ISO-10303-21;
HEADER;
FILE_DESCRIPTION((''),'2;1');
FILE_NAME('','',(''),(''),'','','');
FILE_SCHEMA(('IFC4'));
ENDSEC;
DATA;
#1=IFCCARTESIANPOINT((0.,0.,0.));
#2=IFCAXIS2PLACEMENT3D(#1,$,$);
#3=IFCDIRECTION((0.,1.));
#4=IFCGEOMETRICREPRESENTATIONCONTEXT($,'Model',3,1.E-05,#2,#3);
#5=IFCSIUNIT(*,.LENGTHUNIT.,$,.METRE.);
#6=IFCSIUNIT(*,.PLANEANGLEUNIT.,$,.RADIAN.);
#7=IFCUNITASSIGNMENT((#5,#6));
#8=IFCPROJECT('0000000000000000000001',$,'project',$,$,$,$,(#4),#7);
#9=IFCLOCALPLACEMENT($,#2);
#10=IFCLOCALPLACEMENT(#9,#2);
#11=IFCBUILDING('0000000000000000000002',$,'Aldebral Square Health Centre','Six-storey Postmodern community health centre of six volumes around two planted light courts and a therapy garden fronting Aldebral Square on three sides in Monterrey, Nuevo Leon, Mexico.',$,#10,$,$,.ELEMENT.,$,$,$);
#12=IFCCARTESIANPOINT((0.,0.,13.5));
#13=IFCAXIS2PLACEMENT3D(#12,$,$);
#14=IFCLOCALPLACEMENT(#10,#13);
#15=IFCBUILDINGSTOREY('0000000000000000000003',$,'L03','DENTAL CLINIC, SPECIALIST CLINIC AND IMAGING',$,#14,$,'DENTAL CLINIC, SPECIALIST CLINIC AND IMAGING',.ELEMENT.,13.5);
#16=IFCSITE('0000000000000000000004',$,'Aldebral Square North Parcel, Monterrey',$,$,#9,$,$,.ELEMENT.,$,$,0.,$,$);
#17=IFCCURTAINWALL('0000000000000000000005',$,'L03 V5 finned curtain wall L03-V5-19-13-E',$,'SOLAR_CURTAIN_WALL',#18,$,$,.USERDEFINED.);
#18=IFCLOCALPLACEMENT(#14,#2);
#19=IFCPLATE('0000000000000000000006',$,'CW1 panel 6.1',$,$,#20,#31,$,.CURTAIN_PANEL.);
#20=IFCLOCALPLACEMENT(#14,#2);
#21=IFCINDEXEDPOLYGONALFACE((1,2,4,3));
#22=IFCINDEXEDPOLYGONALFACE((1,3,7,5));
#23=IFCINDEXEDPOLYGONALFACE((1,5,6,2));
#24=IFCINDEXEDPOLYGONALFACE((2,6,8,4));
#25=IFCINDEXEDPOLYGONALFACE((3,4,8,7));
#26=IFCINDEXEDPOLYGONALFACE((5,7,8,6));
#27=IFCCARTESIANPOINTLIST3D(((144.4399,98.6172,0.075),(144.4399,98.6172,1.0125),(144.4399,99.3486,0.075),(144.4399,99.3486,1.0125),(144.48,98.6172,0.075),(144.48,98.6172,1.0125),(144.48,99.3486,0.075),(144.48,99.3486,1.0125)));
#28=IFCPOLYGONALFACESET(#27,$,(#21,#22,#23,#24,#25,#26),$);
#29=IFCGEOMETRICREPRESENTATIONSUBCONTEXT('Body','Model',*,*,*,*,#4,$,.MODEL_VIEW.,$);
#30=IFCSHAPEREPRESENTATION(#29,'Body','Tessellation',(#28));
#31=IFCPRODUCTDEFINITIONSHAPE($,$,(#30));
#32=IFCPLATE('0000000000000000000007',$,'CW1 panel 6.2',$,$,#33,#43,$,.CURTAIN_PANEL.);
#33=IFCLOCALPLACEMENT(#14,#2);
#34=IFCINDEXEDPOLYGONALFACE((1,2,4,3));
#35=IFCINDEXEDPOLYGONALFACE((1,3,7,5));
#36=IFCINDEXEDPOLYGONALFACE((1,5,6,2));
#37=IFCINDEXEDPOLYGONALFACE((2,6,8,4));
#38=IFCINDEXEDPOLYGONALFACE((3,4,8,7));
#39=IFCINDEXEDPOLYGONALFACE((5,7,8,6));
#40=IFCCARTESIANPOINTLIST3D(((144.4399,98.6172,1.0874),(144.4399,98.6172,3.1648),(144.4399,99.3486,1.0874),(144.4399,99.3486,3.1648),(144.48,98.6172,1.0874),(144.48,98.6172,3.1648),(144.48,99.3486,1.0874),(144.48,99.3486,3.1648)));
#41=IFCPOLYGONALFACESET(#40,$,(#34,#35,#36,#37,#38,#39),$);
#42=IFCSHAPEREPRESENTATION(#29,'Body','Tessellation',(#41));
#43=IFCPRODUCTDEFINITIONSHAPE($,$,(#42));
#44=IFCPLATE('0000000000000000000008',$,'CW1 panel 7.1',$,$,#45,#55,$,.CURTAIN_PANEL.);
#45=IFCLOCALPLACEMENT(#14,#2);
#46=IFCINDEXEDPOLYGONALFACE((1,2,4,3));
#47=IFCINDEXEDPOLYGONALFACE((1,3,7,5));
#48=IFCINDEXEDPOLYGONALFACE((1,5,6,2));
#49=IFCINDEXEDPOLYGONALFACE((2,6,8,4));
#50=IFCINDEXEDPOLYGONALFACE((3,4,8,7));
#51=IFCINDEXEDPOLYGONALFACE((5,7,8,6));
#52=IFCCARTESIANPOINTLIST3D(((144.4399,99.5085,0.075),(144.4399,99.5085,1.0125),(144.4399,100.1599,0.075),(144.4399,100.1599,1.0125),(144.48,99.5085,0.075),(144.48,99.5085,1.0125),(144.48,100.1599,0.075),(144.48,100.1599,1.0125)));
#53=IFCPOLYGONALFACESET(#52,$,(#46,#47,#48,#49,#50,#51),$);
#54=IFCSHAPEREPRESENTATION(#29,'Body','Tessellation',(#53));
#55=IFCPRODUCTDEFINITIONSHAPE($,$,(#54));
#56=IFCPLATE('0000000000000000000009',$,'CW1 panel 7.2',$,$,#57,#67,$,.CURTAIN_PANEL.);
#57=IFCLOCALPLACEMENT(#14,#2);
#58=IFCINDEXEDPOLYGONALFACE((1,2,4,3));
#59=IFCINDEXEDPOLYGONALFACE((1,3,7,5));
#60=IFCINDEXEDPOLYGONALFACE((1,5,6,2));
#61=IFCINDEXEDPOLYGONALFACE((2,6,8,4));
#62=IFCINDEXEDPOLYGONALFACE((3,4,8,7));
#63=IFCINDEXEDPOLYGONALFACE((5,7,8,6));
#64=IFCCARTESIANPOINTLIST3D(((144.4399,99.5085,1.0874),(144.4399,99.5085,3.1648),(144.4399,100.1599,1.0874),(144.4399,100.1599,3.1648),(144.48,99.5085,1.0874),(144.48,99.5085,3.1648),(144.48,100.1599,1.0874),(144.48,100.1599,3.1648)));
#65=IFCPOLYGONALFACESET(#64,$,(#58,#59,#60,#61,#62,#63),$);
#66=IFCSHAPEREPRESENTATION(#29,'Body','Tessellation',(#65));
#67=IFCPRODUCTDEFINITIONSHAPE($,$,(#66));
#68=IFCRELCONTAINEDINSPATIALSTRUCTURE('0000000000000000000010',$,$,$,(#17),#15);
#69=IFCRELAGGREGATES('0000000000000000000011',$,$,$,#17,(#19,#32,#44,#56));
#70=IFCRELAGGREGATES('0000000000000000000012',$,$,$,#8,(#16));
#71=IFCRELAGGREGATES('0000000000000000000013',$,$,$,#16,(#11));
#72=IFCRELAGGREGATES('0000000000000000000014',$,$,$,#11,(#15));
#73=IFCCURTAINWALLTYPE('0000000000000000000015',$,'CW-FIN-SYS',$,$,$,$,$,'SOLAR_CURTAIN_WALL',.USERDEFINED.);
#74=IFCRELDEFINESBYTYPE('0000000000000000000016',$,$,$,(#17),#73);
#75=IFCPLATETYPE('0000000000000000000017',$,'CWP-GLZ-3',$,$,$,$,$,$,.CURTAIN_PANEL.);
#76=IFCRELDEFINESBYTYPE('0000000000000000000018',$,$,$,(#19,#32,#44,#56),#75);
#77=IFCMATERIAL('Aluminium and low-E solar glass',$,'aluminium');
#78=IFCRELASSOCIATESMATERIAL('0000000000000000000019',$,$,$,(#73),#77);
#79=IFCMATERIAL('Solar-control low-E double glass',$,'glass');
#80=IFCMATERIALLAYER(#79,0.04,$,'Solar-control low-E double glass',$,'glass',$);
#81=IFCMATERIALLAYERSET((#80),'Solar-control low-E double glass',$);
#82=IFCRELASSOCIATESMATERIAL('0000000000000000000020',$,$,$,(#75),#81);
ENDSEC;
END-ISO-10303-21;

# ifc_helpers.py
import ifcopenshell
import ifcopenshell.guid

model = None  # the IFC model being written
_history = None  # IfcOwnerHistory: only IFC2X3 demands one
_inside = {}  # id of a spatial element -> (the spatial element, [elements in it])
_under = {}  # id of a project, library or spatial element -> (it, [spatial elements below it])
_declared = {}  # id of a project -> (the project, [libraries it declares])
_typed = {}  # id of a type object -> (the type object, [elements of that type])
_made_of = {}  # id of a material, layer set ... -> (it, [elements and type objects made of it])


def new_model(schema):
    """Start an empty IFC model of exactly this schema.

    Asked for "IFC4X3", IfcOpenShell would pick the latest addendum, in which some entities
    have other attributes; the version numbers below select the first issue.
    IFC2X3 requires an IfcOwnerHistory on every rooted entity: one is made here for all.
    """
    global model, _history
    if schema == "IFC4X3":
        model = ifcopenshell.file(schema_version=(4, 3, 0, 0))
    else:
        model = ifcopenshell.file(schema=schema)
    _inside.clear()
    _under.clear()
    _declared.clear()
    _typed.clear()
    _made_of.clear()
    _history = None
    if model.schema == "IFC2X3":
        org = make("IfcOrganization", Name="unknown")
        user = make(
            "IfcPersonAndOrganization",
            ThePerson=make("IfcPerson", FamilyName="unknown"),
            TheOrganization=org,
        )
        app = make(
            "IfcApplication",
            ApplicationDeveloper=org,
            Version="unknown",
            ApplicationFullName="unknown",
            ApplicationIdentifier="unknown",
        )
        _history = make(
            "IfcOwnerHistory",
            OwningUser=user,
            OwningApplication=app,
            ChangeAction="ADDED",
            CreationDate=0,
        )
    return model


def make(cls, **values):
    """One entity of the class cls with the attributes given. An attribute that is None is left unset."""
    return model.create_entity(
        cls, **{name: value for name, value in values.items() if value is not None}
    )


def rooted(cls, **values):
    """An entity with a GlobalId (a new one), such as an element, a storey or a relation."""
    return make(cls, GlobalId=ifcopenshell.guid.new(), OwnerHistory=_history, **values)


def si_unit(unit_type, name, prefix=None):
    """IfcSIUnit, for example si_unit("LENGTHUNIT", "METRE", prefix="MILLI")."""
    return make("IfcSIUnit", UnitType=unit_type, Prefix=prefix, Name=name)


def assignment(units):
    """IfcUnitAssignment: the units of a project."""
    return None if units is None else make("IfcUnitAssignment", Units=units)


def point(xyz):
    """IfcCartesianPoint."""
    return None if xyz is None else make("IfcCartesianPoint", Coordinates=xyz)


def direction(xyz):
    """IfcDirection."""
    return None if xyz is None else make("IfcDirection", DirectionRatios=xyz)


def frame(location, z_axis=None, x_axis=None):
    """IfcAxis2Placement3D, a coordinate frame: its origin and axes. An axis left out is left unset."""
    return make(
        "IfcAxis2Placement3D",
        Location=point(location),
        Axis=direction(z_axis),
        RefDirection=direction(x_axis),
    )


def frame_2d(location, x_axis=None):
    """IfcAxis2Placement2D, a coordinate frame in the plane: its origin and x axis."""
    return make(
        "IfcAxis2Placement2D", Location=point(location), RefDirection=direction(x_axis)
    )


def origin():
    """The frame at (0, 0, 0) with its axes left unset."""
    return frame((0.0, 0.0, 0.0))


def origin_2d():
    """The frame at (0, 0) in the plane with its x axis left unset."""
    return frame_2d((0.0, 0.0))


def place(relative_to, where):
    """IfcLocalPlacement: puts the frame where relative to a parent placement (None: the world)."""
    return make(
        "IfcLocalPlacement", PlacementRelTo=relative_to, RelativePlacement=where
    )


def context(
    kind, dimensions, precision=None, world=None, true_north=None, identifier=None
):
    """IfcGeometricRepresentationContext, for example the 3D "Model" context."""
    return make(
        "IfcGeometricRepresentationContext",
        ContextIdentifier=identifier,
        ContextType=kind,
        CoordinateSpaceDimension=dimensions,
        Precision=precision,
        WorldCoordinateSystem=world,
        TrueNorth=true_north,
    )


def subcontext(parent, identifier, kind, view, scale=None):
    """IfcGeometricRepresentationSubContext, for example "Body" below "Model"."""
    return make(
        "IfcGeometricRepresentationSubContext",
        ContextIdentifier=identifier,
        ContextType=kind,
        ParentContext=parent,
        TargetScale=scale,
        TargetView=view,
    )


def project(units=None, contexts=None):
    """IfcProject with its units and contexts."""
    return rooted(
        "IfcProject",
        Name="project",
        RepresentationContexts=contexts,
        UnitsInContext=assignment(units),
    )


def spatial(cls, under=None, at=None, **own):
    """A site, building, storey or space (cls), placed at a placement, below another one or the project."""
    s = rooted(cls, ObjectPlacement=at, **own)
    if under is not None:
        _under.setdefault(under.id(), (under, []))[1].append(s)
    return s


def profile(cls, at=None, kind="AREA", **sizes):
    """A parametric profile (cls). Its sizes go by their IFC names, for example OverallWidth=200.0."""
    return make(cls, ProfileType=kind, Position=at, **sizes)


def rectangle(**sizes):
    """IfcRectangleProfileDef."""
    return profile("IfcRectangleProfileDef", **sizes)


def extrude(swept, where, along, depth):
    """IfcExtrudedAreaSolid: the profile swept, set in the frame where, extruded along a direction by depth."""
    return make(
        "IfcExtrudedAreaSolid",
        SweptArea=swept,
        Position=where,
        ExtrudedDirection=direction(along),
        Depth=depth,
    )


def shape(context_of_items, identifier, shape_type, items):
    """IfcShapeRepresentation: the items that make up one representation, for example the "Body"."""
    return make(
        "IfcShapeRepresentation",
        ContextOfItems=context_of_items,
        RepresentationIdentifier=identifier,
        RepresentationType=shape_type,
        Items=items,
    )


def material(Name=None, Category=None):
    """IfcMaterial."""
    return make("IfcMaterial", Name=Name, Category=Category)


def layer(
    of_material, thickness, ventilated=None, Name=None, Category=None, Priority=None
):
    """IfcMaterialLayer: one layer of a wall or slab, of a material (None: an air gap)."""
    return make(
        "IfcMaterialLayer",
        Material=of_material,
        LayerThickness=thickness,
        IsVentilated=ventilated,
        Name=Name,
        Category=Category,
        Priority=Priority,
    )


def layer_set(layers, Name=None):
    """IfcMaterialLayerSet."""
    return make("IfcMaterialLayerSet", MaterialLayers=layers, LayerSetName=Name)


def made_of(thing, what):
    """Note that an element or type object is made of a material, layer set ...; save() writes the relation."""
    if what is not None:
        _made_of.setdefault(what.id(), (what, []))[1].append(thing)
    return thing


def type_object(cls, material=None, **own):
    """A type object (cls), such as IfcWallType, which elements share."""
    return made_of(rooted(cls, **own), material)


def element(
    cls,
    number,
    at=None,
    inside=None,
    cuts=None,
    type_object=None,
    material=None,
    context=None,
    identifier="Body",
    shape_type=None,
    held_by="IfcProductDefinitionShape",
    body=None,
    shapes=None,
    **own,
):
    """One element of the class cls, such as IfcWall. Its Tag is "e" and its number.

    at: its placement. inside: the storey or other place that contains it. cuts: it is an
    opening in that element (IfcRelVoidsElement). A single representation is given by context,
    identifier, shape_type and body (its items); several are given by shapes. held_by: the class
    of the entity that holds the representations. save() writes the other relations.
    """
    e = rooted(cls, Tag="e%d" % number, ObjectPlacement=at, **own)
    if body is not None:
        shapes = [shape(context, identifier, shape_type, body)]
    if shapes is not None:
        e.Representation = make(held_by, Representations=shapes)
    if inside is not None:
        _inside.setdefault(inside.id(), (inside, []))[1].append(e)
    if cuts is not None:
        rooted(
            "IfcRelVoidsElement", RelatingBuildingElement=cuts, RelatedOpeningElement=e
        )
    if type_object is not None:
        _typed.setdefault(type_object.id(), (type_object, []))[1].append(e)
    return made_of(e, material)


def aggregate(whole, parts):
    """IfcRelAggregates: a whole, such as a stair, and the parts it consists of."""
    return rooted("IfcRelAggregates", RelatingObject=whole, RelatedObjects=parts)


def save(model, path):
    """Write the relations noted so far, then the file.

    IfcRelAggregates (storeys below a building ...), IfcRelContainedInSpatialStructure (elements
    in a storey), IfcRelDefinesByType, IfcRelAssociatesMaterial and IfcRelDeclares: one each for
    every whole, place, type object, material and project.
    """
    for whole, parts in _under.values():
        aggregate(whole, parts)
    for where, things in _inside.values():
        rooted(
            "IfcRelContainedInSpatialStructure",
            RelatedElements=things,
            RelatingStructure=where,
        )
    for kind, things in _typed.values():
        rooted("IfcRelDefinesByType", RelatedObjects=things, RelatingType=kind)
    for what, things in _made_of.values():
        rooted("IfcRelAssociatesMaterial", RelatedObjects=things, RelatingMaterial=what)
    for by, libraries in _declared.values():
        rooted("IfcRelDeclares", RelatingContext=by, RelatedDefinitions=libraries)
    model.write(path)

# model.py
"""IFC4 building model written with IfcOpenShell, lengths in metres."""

from ifc_helpers import new_model, si_unit, direction, frame, origin, origin_2d, place, context, subcontext, project, spatial, rectangle, extrude, material, layer, layer_set, type_object, element, aggregate, save


model = new_model("IFC4")

# Units and contexts
model_context = context("Model", 3, precision=1e-05, world=origin(), true_north=direction((0.0, 1.0)))
body_context = subcontext(model_context, "Body", "Model", "MODEL_VIEW")
ifc_project = project(units=[si_unit("LENGTHUNIT", "METRE"), si_unit("PLANEANGLEUNIT", "RADIAN")], contexts=[model_context])

# Site, building, storey
site_placement = place(None, origin())
site = spatial("IfcSite", under=ifc_project, at=site_placement, Name="Aldebral Square North Parcel, Monterrey", CompositionType="ELEMENT", RefElevation=0.0)
building_placement = place(site_placement, origin())
building = spatial("IfcBuilding", under=site, at=building_placement, Name="Aldebral Square Health Centre", Description="Six-storey Postmodern community health centre of six volumes around two planted light courts and a therapy garden fronting Aldebral Square on three sides in Monterrey, Nuevo Leon, Mexico.", CompositionType="ELEMENT")
storey_placement = place(building_placement, frame((0.0, 0.0, 13.5)))
storey = spatial("IfcBuildingStorey", under=building, at=storey_placement, Name="L03", Description="DENTAL CLINIC, SPECIALIST CLINIC AND IMAGING", LongName="DENTAL CLINIC, SPECIALIST CLINIC AND IMAGING", CompositionType="ELEMENT", Elevation=13.5)

# Curtain wall
ifc_material_1 = material(Name="Aluminium and low-E solar glass", Category="aluminium")
curtain_wall_type = type_object("IfcCurtainWallType", Name="CW-FIN-SYS", ElementType="SOLAR_CURTAIN_WALL", PredefinedType="USERDEFINED", material=ifc_material_1)
curtain_wall_1_placement = place(storey_placement, origin())
curtain_wall_1 = element("IfcCurtainWall", 1, at=curtain_wall_1_placement, inside=storey, type_object=curtain_wall_type, Name="L03 V5 finned curtain wall L03-V5-19-13-E", ObjectType="SOLAR_CURTAIN_WALL", PredefinedType="USERDEFINED")

# Plates
ifc_material_2 = material(Name="Solar-control low-E double glass", Category="glass")
ifc_layer_1 = layer(ifc_material_2, 0.04, Name="Solar-control low-E double glass", Category="glass")
ifc_layer_set_1 = layer_set([ifc_layer_1], Name="Solar-control low-E double glass")
plate_type_1 = type_object("IfcPlateType", Name="CWP-GLZ-3", PredefinedType="CURTAIN_PANEL", material=ifc_layer_set_1)
plate_1_placement = place(storey_placement, frame((144.46, 98.9829, 0.075), z_axis=(0.0, 0.0, 1.0), x_axis=(0.0, 1.0, 0.0)))
plate_1 = element("IfcPlate", 2, at=plate_1_placement, type_object=plate_type_1, Name="CW1 panel 6.1", PredefinedType="CURTAIN_PANEL", context=body_context, shape_type="SweptSolid", body=[
    extrude(rectangle(XDim=0.7314, YDim=0.04, at=origin_2d()), origin(), (0.0, 0.0, 1.0), 0.9375),
])
plate_2_placement = place(storey_placement, frame((144.46, 98.9829, 1.0874), z_axis=(0.0, 0.0, 1.0), x_axis=(0.0, 1.0, 0.0)))
plate_2 = element("IfcPlate", 3, at=plate_2_placement, type_object=plate_type_1, Name="CW1 panel 6.2", PredefinedType="CURTAIN_PANEL", context=body_context, shape_type="SweptSolid", body=[
    extrude(rectangle(XDim=0.7314, YDim=0.04, at=origin_2d()), origin(), (0.0, 0.0, 1.0), 2.0774),
])
plate_3_placement = place(storey_placement, frame((144.46, 99.8342, 0.075), z_axis=(0.0, 0.0, 1.0), x_axis=(0.0, 1.0, 0.0)))
plate_3 = element("IfcPlate", 4, at=plate_3_placement, type_object=plate_type_1, Name="CW1 panel 7.1", PredefinedType="CURTAIN_PANEL", context=body_context, shape_type="SweptSolid", body=[
    extrude(rectangle(XDim=0.6514, YDim=0.04, at=origin_2d()), origin(), (0.0, 0.0, 1.0), 0.9375),
])
plate_4_placement = place(storey_placement, frame((144.46, 99.8342, 1.0874), z_axis=(0.0, 0.0, 1.0), x_axis=(0.0, 1.0, 0.0)))
plate_4 = element("IfcPlate", 5, at=plate_4_placement, type_object=plate_type_1, Name="CW1 panel 7.2", PredefinedType="CURTAIN_PANEL", context=body_context, shape_type="SweptSolid", body=[
    extrude(rectangle(XDim=0.6514, YDim=0.04, at=origin_2d()), origin(), (0.0, 0.0, 1.0), 2.0774),
])
aggregate(curtain_wall_1, [plate_1, plate_2, plate_3, plate_4])

save(model, "model.ifc")
